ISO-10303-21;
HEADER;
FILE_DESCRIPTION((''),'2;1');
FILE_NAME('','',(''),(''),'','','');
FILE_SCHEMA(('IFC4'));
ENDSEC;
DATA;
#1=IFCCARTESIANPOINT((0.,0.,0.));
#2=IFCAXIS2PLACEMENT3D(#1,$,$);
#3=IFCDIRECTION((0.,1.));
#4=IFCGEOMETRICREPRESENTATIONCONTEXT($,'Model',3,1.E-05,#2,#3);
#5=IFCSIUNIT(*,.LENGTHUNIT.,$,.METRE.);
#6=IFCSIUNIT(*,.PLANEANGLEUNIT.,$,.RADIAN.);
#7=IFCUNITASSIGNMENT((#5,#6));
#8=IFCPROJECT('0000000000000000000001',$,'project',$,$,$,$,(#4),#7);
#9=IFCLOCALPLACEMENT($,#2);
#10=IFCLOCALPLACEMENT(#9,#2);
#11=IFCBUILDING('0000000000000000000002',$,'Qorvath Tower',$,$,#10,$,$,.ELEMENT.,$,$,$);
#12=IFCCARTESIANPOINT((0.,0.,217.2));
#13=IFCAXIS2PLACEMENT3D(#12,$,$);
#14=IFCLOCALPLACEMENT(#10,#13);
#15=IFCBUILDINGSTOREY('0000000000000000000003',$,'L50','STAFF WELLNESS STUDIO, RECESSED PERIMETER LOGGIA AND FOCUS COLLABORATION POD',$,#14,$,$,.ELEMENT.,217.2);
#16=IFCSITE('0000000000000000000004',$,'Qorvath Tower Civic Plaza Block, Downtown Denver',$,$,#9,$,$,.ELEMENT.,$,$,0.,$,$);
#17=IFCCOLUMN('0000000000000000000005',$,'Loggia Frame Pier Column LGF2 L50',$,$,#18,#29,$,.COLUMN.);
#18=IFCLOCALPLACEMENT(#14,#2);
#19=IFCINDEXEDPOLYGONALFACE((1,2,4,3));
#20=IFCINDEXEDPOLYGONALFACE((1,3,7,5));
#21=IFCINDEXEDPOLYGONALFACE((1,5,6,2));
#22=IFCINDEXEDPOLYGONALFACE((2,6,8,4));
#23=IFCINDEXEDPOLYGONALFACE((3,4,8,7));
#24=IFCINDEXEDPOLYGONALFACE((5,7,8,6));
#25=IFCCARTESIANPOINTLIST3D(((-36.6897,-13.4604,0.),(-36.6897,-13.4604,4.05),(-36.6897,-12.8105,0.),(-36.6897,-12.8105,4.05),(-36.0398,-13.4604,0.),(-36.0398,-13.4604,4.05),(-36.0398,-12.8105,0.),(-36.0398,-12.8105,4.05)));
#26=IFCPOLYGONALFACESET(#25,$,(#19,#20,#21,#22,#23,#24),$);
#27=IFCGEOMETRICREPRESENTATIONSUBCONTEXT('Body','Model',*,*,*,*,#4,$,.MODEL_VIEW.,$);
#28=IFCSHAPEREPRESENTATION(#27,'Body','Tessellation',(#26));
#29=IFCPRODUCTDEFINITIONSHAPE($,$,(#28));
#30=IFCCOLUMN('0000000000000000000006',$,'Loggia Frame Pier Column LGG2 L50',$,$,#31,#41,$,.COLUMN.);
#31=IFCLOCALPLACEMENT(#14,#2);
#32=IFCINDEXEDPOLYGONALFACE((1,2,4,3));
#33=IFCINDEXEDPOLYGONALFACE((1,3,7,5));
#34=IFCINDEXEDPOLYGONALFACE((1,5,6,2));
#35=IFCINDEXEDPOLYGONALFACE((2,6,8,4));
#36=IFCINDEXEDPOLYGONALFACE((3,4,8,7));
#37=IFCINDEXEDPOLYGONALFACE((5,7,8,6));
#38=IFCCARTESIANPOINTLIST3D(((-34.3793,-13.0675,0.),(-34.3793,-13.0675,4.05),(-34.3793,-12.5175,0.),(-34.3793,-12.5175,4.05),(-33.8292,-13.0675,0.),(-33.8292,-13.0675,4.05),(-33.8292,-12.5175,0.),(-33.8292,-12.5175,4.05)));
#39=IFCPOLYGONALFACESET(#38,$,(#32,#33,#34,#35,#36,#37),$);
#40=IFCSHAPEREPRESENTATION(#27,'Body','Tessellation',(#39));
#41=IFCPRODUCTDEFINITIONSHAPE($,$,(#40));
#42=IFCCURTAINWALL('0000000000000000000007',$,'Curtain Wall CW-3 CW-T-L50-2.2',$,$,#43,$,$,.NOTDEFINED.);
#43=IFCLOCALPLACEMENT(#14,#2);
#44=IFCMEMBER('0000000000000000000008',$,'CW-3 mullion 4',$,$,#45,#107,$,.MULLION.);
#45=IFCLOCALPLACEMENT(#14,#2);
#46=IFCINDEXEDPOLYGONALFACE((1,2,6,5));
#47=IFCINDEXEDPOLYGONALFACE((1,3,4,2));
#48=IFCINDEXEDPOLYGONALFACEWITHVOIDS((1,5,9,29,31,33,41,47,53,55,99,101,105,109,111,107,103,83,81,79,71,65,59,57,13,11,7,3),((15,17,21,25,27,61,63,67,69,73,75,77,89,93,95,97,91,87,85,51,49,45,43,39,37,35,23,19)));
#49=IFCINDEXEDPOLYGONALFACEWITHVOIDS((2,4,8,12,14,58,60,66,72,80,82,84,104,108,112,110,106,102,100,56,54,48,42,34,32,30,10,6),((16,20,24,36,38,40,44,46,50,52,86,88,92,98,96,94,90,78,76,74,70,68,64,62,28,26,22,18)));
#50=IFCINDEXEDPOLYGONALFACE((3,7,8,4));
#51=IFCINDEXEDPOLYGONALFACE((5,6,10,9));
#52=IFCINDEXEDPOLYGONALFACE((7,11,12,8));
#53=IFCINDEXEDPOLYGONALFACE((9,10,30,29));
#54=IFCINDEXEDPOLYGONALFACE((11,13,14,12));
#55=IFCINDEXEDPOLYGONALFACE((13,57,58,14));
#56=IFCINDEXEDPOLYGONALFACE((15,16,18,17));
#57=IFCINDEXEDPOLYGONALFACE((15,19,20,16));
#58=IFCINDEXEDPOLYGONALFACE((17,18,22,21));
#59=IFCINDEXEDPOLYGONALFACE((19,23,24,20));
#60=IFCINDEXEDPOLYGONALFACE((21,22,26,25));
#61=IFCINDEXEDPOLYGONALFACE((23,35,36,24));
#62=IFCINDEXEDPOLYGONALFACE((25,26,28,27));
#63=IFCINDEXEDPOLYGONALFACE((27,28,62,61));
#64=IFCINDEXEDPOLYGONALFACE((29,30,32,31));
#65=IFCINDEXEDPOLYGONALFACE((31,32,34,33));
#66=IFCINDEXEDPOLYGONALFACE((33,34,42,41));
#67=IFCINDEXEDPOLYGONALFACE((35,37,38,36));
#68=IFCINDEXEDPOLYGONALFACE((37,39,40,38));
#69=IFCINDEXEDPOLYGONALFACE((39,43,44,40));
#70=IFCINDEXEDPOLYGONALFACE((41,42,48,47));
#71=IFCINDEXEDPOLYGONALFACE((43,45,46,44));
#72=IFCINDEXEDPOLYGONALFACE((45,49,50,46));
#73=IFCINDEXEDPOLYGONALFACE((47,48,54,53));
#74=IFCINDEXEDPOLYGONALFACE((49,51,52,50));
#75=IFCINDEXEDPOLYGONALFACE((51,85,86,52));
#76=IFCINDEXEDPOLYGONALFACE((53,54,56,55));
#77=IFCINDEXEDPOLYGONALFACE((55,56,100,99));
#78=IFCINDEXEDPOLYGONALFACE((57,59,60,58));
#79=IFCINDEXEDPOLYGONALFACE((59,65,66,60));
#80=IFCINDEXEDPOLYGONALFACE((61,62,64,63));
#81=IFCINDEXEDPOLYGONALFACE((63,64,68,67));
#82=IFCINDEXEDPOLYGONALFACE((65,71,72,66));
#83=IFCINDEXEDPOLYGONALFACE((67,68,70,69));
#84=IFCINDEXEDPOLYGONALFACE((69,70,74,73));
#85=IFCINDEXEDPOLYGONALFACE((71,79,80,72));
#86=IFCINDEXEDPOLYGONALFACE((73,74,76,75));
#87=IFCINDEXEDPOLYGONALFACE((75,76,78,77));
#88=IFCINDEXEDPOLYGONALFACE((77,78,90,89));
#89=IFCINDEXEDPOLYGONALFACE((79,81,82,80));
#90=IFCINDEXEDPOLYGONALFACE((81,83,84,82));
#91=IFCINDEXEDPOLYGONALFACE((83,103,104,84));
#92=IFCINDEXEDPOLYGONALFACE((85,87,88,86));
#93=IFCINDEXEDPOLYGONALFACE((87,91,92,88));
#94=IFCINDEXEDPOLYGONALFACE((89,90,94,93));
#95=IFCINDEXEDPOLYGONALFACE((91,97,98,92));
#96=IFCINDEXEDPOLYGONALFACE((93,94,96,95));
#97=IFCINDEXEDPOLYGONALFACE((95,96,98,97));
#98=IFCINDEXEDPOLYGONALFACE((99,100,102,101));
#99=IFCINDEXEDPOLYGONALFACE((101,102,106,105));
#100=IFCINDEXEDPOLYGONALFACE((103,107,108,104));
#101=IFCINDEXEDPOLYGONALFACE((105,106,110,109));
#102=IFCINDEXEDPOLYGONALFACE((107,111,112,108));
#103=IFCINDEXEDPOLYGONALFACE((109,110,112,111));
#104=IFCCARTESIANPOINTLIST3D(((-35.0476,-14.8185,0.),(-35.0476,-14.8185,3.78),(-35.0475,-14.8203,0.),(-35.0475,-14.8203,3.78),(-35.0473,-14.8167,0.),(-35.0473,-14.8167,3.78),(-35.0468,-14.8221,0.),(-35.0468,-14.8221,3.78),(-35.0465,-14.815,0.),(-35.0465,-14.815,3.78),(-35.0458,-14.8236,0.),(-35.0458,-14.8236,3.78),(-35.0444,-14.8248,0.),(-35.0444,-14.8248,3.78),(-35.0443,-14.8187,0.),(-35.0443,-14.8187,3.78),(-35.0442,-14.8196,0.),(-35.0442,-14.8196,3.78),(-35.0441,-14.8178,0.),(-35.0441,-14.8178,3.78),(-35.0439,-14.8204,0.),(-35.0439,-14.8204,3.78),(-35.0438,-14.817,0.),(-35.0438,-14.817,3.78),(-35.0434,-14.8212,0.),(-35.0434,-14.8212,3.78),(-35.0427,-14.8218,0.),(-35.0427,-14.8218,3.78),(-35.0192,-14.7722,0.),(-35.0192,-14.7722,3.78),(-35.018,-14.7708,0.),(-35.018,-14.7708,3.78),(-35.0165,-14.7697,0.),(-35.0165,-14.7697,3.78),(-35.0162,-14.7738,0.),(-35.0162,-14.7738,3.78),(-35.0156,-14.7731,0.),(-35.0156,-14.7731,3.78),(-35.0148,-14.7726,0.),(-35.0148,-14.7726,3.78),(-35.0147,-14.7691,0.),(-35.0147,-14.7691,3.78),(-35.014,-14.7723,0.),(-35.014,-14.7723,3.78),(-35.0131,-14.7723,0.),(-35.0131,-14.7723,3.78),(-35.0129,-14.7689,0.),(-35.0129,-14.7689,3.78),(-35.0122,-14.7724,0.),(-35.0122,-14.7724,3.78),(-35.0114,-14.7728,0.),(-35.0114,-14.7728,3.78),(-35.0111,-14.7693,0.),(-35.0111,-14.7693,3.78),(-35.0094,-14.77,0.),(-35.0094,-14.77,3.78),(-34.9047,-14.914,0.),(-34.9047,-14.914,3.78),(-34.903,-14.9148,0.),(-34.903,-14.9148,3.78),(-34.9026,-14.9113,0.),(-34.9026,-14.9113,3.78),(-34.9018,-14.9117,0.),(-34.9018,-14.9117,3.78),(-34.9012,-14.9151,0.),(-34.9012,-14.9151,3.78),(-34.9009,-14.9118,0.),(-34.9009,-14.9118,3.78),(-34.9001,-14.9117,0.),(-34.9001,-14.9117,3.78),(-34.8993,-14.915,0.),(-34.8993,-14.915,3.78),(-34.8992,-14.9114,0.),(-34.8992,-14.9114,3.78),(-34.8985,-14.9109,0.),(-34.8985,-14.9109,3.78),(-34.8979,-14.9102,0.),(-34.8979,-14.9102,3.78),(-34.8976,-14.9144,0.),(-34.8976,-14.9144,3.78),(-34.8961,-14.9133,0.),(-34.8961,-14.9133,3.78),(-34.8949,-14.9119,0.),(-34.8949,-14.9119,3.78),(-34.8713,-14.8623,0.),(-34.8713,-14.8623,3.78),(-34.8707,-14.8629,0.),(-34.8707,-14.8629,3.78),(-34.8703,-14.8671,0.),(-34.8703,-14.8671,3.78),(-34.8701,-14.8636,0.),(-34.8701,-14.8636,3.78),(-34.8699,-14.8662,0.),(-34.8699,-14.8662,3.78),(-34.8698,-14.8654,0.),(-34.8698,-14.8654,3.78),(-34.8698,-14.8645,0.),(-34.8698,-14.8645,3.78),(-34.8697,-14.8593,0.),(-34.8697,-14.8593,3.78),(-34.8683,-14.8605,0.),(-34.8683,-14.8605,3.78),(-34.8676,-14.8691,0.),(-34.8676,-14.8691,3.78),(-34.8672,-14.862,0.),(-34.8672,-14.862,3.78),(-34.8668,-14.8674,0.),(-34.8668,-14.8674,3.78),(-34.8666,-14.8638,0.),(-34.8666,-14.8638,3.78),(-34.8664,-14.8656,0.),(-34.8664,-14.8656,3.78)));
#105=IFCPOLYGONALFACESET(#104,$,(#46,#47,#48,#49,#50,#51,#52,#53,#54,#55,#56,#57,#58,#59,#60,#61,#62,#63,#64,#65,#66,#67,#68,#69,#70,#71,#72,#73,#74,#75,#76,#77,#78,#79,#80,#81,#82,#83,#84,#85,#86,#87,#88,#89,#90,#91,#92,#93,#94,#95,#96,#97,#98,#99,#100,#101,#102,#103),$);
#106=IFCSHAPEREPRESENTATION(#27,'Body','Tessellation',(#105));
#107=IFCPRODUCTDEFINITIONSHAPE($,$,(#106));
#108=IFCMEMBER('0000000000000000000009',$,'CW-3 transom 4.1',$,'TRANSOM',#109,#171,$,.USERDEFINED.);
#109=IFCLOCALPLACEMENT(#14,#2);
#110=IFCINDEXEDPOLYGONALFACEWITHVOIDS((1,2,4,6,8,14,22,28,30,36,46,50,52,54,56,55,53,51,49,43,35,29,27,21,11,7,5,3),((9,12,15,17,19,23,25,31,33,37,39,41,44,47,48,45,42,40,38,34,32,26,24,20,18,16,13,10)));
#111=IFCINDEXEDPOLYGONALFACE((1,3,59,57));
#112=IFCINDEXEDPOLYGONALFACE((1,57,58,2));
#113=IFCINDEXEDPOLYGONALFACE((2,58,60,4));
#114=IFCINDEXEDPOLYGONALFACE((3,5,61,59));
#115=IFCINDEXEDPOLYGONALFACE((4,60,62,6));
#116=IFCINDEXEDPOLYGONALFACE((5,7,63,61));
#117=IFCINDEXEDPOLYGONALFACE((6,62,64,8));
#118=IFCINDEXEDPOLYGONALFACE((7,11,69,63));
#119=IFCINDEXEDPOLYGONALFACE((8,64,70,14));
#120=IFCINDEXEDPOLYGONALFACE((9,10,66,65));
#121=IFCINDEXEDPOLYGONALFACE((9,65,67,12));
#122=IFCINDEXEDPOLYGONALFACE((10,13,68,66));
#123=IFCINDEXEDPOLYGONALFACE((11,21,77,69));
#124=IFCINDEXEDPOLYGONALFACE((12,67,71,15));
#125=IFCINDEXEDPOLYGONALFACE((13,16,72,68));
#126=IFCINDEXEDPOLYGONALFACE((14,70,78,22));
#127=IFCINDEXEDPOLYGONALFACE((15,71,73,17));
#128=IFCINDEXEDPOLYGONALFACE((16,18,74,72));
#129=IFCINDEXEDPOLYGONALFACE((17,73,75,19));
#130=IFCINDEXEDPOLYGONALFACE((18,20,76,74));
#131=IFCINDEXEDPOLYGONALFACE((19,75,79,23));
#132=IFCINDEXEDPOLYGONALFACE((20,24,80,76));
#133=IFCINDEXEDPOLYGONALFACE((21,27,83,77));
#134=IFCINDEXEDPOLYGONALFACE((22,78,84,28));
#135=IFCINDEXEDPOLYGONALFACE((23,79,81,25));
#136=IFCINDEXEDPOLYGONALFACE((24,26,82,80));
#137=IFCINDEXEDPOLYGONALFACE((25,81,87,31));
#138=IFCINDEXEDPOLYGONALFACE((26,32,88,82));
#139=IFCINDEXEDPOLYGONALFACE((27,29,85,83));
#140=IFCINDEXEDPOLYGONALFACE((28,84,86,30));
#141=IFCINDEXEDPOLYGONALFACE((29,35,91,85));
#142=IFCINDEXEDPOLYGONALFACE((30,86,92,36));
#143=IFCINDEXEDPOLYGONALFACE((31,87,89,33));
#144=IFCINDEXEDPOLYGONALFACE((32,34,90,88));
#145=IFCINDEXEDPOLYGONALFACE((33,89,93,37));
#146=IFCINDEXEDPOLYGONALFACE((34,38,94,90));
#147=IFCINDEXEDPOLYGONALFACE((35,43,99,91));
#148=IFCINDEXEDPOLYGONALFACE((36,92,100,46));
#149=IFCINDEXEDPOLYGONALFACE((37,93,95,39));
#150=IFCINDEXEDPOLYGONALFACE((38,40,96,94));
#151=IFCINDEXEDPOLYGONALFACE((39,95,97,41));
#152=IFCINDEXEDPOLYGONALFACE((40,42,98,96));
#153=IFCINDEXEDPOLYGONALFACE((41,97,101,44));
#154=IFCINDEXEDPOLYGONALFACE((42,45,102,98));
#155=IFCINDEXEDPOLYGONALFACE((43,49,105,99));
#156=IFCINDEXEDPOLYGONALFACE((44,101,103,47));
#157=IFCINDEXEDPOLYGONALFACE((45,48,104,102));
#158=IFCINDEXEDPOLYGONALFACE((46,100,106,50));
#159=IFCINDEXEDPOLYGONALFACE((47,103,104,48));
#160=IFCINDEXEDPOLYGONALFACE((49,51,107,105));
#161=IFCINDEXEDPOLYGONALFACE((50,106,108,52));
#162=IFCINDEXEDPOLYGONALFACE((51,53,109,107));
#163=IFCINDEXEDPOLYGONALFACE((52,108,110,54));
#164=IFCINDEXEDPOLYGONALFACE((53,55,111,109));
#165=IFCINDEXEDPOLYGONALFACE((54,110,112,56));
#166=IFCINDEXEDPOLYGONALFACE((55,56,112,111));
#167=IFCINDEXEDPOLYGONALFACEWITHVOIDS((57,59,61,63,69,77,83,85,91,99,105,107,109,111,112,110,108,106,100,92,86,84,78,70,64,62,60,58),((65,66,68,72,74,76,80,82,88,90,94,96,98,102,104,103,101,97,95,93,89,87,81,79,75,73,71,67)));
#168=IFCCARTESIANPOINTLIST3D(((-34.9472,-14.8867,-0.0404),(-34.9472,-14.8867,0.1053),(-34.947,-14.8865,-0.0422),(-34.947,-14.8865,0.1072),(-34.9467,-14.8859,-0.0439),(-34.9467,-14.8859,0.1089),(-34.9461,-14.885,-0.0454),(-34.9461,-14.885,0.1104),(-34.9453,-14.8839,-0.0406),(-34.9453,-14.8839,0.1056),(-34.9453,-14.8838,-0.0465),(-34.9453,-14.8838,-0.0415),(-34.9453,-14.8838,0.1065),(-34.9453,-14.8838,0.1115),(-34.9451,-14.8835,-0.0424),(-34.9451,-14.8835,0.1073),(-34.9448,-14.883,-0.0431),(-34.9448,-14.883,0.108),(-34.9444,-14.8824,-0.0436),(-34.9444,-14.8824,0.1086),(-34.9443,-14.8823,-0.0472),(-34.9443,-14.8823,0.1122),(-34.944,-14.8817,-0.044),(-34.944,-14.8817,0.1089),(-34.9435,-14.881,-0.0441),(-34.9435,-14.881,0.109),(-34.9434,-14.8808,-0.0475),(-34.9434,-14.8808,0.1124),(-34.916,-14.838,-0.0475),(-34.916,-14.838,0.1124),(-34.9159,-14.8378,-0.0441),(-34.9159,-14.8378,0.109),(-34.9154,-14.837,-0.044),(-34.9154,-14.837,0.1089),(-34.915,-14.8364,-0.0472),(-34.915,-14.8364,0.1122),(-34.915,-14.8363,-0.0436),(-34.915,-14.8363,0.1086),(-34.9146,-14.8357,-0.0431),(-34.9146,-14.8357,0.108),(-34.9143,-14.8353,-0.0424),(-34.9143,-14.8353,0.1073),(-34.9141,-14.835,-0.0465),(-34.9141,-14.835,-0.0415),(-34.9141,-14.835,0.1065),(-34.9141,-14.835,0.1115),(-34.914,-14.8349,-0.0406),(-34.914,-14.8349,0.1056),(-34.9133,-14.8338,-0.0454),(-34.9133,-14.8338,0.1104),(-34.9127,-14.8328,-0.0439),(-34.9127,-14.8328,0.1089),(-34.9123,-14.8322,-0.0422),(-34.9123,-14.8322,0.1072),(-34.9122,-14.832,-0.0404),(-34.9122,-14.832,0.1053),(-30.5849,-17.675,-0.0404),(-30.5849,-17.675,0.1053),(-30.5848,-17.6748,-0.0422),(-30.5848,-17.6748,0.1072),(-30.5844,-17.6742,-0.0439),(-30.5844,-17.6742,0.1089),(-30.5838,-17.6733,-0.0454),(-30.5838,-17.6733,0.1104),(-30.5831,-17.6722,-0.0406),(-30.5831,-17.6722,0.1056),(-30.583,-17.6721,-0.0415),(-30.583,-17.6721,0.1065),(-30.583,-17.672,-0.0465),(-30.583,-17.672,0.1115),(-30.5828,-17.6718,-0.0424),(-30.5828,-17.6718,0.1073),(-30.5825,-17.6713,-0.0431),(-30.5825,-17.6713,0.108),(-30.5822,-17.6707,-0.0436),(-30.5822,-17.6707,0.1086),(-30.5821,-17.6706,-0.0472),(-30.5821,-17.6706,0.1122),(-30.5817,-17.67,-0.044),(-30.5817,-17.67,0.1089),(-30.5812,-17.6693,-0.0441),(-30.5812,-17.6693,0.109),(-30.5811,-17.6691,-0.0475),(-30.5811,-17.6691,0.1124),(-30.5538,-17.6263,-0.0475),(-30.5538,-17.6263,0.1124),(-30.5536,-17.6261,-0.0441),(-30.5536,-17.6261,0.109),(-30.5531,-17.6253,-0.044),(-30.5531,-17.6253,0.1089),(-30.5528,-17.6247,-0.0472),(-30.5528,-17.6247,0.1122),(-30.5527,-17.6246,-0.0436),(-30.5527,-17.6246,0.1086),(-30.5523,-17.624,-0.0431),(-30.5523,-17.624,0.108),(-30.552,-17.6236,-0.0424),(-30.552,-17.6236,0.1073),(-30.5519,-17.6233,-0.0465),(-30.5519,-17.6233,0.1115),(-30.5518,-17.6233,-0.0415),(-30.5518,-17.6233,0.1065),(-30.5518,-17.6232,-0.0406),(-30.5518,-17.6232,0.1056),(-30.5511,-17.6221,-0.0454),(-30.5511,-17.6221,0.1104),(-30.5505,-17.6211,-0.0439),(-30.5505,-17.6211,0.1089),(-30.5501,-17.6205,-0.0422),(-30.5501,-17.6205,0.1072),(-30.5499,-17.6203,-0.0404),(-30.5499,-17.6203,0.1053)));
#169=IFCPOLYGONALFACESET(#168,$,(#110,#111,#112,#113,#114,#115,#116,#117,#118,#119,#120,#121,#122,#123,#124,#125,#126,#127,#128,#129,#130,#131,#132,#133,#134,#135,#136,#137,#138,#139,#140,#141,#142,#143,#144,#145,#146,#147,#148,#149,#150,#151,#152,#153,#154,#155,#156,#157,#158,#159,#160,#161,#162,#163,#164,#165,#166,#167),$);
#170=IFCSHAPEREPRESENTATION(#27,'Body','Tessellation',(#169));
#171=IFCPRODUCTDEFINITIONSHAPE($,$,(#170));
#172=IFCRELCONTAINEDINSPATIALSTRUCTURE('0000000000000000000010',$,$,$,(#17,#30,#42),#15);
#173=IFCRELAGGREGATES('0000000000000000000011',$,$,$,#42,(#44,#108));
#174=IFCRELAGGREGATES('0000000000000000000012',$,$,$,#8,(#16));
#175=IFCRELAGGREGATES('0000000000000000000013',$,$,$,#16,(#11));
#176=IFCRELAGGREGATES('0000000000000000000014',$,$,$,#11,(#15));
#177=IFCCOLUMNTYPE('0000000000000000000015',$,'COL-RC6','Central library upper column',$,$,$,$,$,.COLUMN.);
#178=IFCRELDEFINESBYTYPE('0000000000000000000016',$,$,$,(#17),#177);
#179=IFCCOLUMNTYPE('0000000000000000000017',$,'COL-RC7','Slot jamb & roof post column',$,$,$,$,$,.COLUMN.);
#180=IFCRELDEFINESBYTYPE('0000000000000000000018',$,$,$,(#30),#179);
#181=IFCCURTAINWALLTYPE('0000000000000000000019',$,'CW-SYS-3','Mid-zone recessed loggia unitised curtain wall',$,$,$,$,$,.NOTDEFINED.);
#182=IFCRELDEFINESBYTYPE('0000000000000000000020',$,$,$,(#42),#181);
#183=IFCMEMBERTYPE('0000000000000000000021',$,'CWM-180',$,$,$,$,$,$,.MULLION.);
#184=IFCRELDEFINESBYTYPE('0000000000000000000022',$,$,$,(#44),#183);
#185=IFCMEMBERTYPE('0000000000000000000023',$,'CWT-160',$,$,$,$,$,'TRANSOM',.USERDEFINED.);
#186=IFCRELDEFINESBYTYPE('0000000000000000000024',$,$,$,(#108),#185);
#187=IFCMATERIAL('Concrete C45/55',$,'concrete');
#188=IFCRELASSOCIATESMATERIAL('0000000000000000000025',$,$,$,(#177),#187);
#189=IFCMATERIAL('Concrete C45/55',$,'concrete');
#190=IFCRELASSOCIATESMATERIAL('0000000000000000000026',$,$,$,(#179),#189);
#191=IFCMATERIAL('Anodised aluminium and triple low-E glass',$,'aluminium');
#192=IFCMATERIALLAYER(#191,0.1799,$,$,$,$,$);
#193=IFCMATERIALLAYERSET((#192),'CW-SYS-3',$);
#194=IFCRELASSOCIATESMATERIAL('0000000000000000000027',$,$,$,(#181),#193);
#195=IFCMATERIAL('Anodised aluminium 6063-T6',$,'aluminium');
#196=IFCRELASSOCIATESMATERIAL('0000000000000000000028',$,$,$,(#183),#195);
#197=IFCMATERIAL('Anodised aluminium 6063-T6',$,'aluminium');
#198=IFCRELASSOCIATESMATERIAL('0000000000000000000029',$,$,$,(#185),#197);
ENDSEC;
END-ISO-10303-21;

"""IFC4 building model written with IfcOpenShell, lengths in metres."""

from ifc_helpers import new_model, si_unit, direction, frame, origin, origin_2d, place, context, subcontext, project, spatial, rectangle, hollow_rectangle, extrude, material, layer, layer_set, material_profile, profile_set, type_object, element, aggregate, save


model = new_model("IFC4")

# Units and contexts
model_context = context("Model", 3, precision=1e-05, world=origin(), true_north=direction((0.0, 1.0)))
body_context = subcontext(model_context, "Body", "Model", "MODEL_VIEW")
ifc_project = project(units=[si_unit("LENGTHUNIT", "METRE"), si_unit("PLANEANGLEUNIT", "RADIAN")], contexts=[model_context])

# Site, building, storey
site_placement = place(None, origin())
site = spatial("IfcSite", under=ifc_project, at=site_placement, Name="Qorvath Tower Civic Plaza Block, Downtown Denver", CompositionType="ELEMENT", RefElevation=0.0)
building_placement = place(site_placement, origin())
building = spatial("IfcBuilding", under=site, at=building_placement, Name="Qorvath Tower", CompositionType="ELEMENT")
storey_placement = place(building_placement, frame((0.0, 0.0, 217.2)))
storey = spatial("IfcBuildingStorey", under=building, at=storey_placement, Name="L50", Description="STAFF WELLNESS STUDIO, RECESSED PERIMETER LOGGIA AND FOCUS COLLABORATION POD", CompositionType="ELEMENT", Elevation=217.2)

# Columns
ifc_material_1 = material(Name="Concrete C45/55", Category="concrete")
ifc_material_profile_1 = material_profile(ifc_material_1, rectangle(XDim=0.6499, YDim=0.6499, at=origin_2d()), Name="RC 650x650")
ifc_profile_set_1 = profile_set([ifc_material_profile_1], Name="Concrete C45/55")
column_type_1 = type_object("IfcColumnType", Name="COL-RC6", Description="Central library upper column", PredefinedType="COLUMN", material=ifc_profile_set_1)
column_1_placement = place(storey_placement, frame((-36.3647, -13.1355, 0.0), z_axis=(0.0, 0.0, 1.0), x_axis=(1.0, 0.0, 0.0)))
element("IfcColumn", 1, at=column_1_placement, inside=storey, type_object=column_type_1, Name="Loggia Frame Pier Column LGF2 L50", PredefinedType="COLUMN", context=body_context, shape_type="SweptSolid", body=[
    extrude(rectangle(XDim=0.6499, YDim=0.6499, at=origin_2d()), origin(), (0.0, 0.0, 1.0), 4.05),
])
ifc_material_2 = material(Name="Concrete C45/55", Category="concrete")
ifc_material_profile_2 = material_profile(ifc_material_2, rectangle(XDim=0.55, YDim=0.55, at=origin_2d()), Name="RC 550x550")
ifc_profile_set_2 = profile_set([ifc_material_profile_2], Name="Concrete C45/55")
column_type_2 = type_object("IfcColumnType", Name="COL-RC7", Description="Slot jamb & roof post column", PredefinedType="COLUMN", material=ifc_profile_set_2)
column_2_placement = place(storey_placement, frame((-34.1042, -12.7925, 0.0), z_axis=(0.0, 0.0, 1.0), x_axis=(1.0, 0.0, 0.0)))
element("IfcColumn", 2, at=column_2_placement, inside=storey, type_object=column_type_2, Name="Loggia Frame Pier Column LGG2 L50", PredefinedType="COLUMN", context=body_context, shape_type="SweptSolid", body=[
    extrude(rectangle(XDim=0.55, YDim=0.55, at=origin_2d()), origin(), (0.0, 0.0, 1.0), 4.05),
])

# Curtain wall, members
ifc_material_3 = material(Name="Anodised aluminium and triple low-E glass", Category="aluminium")
ifc_layer_1 = layer(ifc_material_3, 0.1799)
ifc_layer_set_1 = layer_set([ifc_layer_1], Name="CW-SYS-3")
curtain_wall_type = type_object("IfcCurtainWallType", Name="CW-SYS-3", Description="Mid-zone recessed loggia unitised curtain wall", PredefinedType="NOTDEFINED", material=ifc_layer_set_1)
curtain_wall_placement = place(storey_placement, origin())
curtain_wall = element("IfcCurtainWall", 3, at=curtain_wall_placement, inside=storey, type_object=curtain_wall_type, Name="Curtain Wall CW-3 CW-T-L50-2.2", PredefinedType="NOTDEFINED")
ifc_material_4 = material(Name="Anodised aluminium 6063-T6", Category="aluminium")
ifc_material_profile_3 = material_profile(ifc_material_4, hollow_rectangle(XDim=0.0649, YDim=0.1799, WallThickness=0.0034, InnerFilletRadius=0.0034, OuterFilletRadius=0.0071, at=origin_2d()), Name="CWM 180x65")
ifc_profile_set_3 = profile_set([ifc_material_profile_3], Name="Anodised aluminium 6063-T6")
member_type_1 = type_object("IfcMemberType", Name="CWM-180", PredefinedType="MULLION", material=ifc_profile_set_3)
member_1_placement = place(storey_placement, frame((-34.957, -14.842, 0.0), z_axis=(0.0, 0.0, 1.0), x_axis=(0.538535, 0.842603, 0.0)))
member_1 = element("IfcMember", 4, at=member_1_placement, type_object=member_type_1, Name="CW-3 mullion 4", PredefinedType="MULLION", context=body_context, shape_type="SweptSolid", body=[
    extrude(hollow_rectangle(XDim=0.0649, YDim=0.1799, WallThickness=0.0034, InnerFilletRadius=0.0034, OuterFilletRadius=0.0071, at=origin_2d()), origin(), (0.0, 0.0, 1.0), 3.78),
])
ifc_material_5 = material(Name="Anodised aluminium 6063-T6", Category="aluminium")
ifc_material_profile_4 = material_profile(ifc_material_5, hollow_rectangle(XDim=0.0649, YDim=0.1599, WallThickness=0.0034, InnerFilletRadius=0.0034, OuterFilletRadius=0.0071, at=origin_2d()), Name="CWT 160x65")
ifc_profile_set_4 = profile_set([ifc_material_profile_4], Name="Anodised aluminium 6063-T6")
member_type_2 = type_object("IfcMemberType", Name="CWT-160", ElementType="TRANSOM", PredefinedType="USERDEFINED", material=ifc_profile_set_4)
member_2_placement = place(storey_placement, frame((-34.9297, -14.8594, 0.0325), z_axis=(0.842582, -0.538568, 0.0), x_axis=(0.538568, 0.842582, 0.0)))
member_2 = element("IfcMember", 5, at=member_2_placement, type_object=member_type_2, Name="CW-3 transom 4.1", ObjectType="TRANSOM", PredefinedType="USERDEFINED", context=body_context, shape_type="SweptSolid", body=[
    extrude(hollow_rectangle(XDim=0.0649, YDim=0.1599, WallThickness=0.0034, InnerFilletRadius=0.0034, OuterFilletRadius=0.0071, at=origin_2d()), origin(), (0.0, 0.0, 1.0), 5.1772),
])
aggregate(curtain_wall, [member_1, member_2])

save(model, "model.ifc")
